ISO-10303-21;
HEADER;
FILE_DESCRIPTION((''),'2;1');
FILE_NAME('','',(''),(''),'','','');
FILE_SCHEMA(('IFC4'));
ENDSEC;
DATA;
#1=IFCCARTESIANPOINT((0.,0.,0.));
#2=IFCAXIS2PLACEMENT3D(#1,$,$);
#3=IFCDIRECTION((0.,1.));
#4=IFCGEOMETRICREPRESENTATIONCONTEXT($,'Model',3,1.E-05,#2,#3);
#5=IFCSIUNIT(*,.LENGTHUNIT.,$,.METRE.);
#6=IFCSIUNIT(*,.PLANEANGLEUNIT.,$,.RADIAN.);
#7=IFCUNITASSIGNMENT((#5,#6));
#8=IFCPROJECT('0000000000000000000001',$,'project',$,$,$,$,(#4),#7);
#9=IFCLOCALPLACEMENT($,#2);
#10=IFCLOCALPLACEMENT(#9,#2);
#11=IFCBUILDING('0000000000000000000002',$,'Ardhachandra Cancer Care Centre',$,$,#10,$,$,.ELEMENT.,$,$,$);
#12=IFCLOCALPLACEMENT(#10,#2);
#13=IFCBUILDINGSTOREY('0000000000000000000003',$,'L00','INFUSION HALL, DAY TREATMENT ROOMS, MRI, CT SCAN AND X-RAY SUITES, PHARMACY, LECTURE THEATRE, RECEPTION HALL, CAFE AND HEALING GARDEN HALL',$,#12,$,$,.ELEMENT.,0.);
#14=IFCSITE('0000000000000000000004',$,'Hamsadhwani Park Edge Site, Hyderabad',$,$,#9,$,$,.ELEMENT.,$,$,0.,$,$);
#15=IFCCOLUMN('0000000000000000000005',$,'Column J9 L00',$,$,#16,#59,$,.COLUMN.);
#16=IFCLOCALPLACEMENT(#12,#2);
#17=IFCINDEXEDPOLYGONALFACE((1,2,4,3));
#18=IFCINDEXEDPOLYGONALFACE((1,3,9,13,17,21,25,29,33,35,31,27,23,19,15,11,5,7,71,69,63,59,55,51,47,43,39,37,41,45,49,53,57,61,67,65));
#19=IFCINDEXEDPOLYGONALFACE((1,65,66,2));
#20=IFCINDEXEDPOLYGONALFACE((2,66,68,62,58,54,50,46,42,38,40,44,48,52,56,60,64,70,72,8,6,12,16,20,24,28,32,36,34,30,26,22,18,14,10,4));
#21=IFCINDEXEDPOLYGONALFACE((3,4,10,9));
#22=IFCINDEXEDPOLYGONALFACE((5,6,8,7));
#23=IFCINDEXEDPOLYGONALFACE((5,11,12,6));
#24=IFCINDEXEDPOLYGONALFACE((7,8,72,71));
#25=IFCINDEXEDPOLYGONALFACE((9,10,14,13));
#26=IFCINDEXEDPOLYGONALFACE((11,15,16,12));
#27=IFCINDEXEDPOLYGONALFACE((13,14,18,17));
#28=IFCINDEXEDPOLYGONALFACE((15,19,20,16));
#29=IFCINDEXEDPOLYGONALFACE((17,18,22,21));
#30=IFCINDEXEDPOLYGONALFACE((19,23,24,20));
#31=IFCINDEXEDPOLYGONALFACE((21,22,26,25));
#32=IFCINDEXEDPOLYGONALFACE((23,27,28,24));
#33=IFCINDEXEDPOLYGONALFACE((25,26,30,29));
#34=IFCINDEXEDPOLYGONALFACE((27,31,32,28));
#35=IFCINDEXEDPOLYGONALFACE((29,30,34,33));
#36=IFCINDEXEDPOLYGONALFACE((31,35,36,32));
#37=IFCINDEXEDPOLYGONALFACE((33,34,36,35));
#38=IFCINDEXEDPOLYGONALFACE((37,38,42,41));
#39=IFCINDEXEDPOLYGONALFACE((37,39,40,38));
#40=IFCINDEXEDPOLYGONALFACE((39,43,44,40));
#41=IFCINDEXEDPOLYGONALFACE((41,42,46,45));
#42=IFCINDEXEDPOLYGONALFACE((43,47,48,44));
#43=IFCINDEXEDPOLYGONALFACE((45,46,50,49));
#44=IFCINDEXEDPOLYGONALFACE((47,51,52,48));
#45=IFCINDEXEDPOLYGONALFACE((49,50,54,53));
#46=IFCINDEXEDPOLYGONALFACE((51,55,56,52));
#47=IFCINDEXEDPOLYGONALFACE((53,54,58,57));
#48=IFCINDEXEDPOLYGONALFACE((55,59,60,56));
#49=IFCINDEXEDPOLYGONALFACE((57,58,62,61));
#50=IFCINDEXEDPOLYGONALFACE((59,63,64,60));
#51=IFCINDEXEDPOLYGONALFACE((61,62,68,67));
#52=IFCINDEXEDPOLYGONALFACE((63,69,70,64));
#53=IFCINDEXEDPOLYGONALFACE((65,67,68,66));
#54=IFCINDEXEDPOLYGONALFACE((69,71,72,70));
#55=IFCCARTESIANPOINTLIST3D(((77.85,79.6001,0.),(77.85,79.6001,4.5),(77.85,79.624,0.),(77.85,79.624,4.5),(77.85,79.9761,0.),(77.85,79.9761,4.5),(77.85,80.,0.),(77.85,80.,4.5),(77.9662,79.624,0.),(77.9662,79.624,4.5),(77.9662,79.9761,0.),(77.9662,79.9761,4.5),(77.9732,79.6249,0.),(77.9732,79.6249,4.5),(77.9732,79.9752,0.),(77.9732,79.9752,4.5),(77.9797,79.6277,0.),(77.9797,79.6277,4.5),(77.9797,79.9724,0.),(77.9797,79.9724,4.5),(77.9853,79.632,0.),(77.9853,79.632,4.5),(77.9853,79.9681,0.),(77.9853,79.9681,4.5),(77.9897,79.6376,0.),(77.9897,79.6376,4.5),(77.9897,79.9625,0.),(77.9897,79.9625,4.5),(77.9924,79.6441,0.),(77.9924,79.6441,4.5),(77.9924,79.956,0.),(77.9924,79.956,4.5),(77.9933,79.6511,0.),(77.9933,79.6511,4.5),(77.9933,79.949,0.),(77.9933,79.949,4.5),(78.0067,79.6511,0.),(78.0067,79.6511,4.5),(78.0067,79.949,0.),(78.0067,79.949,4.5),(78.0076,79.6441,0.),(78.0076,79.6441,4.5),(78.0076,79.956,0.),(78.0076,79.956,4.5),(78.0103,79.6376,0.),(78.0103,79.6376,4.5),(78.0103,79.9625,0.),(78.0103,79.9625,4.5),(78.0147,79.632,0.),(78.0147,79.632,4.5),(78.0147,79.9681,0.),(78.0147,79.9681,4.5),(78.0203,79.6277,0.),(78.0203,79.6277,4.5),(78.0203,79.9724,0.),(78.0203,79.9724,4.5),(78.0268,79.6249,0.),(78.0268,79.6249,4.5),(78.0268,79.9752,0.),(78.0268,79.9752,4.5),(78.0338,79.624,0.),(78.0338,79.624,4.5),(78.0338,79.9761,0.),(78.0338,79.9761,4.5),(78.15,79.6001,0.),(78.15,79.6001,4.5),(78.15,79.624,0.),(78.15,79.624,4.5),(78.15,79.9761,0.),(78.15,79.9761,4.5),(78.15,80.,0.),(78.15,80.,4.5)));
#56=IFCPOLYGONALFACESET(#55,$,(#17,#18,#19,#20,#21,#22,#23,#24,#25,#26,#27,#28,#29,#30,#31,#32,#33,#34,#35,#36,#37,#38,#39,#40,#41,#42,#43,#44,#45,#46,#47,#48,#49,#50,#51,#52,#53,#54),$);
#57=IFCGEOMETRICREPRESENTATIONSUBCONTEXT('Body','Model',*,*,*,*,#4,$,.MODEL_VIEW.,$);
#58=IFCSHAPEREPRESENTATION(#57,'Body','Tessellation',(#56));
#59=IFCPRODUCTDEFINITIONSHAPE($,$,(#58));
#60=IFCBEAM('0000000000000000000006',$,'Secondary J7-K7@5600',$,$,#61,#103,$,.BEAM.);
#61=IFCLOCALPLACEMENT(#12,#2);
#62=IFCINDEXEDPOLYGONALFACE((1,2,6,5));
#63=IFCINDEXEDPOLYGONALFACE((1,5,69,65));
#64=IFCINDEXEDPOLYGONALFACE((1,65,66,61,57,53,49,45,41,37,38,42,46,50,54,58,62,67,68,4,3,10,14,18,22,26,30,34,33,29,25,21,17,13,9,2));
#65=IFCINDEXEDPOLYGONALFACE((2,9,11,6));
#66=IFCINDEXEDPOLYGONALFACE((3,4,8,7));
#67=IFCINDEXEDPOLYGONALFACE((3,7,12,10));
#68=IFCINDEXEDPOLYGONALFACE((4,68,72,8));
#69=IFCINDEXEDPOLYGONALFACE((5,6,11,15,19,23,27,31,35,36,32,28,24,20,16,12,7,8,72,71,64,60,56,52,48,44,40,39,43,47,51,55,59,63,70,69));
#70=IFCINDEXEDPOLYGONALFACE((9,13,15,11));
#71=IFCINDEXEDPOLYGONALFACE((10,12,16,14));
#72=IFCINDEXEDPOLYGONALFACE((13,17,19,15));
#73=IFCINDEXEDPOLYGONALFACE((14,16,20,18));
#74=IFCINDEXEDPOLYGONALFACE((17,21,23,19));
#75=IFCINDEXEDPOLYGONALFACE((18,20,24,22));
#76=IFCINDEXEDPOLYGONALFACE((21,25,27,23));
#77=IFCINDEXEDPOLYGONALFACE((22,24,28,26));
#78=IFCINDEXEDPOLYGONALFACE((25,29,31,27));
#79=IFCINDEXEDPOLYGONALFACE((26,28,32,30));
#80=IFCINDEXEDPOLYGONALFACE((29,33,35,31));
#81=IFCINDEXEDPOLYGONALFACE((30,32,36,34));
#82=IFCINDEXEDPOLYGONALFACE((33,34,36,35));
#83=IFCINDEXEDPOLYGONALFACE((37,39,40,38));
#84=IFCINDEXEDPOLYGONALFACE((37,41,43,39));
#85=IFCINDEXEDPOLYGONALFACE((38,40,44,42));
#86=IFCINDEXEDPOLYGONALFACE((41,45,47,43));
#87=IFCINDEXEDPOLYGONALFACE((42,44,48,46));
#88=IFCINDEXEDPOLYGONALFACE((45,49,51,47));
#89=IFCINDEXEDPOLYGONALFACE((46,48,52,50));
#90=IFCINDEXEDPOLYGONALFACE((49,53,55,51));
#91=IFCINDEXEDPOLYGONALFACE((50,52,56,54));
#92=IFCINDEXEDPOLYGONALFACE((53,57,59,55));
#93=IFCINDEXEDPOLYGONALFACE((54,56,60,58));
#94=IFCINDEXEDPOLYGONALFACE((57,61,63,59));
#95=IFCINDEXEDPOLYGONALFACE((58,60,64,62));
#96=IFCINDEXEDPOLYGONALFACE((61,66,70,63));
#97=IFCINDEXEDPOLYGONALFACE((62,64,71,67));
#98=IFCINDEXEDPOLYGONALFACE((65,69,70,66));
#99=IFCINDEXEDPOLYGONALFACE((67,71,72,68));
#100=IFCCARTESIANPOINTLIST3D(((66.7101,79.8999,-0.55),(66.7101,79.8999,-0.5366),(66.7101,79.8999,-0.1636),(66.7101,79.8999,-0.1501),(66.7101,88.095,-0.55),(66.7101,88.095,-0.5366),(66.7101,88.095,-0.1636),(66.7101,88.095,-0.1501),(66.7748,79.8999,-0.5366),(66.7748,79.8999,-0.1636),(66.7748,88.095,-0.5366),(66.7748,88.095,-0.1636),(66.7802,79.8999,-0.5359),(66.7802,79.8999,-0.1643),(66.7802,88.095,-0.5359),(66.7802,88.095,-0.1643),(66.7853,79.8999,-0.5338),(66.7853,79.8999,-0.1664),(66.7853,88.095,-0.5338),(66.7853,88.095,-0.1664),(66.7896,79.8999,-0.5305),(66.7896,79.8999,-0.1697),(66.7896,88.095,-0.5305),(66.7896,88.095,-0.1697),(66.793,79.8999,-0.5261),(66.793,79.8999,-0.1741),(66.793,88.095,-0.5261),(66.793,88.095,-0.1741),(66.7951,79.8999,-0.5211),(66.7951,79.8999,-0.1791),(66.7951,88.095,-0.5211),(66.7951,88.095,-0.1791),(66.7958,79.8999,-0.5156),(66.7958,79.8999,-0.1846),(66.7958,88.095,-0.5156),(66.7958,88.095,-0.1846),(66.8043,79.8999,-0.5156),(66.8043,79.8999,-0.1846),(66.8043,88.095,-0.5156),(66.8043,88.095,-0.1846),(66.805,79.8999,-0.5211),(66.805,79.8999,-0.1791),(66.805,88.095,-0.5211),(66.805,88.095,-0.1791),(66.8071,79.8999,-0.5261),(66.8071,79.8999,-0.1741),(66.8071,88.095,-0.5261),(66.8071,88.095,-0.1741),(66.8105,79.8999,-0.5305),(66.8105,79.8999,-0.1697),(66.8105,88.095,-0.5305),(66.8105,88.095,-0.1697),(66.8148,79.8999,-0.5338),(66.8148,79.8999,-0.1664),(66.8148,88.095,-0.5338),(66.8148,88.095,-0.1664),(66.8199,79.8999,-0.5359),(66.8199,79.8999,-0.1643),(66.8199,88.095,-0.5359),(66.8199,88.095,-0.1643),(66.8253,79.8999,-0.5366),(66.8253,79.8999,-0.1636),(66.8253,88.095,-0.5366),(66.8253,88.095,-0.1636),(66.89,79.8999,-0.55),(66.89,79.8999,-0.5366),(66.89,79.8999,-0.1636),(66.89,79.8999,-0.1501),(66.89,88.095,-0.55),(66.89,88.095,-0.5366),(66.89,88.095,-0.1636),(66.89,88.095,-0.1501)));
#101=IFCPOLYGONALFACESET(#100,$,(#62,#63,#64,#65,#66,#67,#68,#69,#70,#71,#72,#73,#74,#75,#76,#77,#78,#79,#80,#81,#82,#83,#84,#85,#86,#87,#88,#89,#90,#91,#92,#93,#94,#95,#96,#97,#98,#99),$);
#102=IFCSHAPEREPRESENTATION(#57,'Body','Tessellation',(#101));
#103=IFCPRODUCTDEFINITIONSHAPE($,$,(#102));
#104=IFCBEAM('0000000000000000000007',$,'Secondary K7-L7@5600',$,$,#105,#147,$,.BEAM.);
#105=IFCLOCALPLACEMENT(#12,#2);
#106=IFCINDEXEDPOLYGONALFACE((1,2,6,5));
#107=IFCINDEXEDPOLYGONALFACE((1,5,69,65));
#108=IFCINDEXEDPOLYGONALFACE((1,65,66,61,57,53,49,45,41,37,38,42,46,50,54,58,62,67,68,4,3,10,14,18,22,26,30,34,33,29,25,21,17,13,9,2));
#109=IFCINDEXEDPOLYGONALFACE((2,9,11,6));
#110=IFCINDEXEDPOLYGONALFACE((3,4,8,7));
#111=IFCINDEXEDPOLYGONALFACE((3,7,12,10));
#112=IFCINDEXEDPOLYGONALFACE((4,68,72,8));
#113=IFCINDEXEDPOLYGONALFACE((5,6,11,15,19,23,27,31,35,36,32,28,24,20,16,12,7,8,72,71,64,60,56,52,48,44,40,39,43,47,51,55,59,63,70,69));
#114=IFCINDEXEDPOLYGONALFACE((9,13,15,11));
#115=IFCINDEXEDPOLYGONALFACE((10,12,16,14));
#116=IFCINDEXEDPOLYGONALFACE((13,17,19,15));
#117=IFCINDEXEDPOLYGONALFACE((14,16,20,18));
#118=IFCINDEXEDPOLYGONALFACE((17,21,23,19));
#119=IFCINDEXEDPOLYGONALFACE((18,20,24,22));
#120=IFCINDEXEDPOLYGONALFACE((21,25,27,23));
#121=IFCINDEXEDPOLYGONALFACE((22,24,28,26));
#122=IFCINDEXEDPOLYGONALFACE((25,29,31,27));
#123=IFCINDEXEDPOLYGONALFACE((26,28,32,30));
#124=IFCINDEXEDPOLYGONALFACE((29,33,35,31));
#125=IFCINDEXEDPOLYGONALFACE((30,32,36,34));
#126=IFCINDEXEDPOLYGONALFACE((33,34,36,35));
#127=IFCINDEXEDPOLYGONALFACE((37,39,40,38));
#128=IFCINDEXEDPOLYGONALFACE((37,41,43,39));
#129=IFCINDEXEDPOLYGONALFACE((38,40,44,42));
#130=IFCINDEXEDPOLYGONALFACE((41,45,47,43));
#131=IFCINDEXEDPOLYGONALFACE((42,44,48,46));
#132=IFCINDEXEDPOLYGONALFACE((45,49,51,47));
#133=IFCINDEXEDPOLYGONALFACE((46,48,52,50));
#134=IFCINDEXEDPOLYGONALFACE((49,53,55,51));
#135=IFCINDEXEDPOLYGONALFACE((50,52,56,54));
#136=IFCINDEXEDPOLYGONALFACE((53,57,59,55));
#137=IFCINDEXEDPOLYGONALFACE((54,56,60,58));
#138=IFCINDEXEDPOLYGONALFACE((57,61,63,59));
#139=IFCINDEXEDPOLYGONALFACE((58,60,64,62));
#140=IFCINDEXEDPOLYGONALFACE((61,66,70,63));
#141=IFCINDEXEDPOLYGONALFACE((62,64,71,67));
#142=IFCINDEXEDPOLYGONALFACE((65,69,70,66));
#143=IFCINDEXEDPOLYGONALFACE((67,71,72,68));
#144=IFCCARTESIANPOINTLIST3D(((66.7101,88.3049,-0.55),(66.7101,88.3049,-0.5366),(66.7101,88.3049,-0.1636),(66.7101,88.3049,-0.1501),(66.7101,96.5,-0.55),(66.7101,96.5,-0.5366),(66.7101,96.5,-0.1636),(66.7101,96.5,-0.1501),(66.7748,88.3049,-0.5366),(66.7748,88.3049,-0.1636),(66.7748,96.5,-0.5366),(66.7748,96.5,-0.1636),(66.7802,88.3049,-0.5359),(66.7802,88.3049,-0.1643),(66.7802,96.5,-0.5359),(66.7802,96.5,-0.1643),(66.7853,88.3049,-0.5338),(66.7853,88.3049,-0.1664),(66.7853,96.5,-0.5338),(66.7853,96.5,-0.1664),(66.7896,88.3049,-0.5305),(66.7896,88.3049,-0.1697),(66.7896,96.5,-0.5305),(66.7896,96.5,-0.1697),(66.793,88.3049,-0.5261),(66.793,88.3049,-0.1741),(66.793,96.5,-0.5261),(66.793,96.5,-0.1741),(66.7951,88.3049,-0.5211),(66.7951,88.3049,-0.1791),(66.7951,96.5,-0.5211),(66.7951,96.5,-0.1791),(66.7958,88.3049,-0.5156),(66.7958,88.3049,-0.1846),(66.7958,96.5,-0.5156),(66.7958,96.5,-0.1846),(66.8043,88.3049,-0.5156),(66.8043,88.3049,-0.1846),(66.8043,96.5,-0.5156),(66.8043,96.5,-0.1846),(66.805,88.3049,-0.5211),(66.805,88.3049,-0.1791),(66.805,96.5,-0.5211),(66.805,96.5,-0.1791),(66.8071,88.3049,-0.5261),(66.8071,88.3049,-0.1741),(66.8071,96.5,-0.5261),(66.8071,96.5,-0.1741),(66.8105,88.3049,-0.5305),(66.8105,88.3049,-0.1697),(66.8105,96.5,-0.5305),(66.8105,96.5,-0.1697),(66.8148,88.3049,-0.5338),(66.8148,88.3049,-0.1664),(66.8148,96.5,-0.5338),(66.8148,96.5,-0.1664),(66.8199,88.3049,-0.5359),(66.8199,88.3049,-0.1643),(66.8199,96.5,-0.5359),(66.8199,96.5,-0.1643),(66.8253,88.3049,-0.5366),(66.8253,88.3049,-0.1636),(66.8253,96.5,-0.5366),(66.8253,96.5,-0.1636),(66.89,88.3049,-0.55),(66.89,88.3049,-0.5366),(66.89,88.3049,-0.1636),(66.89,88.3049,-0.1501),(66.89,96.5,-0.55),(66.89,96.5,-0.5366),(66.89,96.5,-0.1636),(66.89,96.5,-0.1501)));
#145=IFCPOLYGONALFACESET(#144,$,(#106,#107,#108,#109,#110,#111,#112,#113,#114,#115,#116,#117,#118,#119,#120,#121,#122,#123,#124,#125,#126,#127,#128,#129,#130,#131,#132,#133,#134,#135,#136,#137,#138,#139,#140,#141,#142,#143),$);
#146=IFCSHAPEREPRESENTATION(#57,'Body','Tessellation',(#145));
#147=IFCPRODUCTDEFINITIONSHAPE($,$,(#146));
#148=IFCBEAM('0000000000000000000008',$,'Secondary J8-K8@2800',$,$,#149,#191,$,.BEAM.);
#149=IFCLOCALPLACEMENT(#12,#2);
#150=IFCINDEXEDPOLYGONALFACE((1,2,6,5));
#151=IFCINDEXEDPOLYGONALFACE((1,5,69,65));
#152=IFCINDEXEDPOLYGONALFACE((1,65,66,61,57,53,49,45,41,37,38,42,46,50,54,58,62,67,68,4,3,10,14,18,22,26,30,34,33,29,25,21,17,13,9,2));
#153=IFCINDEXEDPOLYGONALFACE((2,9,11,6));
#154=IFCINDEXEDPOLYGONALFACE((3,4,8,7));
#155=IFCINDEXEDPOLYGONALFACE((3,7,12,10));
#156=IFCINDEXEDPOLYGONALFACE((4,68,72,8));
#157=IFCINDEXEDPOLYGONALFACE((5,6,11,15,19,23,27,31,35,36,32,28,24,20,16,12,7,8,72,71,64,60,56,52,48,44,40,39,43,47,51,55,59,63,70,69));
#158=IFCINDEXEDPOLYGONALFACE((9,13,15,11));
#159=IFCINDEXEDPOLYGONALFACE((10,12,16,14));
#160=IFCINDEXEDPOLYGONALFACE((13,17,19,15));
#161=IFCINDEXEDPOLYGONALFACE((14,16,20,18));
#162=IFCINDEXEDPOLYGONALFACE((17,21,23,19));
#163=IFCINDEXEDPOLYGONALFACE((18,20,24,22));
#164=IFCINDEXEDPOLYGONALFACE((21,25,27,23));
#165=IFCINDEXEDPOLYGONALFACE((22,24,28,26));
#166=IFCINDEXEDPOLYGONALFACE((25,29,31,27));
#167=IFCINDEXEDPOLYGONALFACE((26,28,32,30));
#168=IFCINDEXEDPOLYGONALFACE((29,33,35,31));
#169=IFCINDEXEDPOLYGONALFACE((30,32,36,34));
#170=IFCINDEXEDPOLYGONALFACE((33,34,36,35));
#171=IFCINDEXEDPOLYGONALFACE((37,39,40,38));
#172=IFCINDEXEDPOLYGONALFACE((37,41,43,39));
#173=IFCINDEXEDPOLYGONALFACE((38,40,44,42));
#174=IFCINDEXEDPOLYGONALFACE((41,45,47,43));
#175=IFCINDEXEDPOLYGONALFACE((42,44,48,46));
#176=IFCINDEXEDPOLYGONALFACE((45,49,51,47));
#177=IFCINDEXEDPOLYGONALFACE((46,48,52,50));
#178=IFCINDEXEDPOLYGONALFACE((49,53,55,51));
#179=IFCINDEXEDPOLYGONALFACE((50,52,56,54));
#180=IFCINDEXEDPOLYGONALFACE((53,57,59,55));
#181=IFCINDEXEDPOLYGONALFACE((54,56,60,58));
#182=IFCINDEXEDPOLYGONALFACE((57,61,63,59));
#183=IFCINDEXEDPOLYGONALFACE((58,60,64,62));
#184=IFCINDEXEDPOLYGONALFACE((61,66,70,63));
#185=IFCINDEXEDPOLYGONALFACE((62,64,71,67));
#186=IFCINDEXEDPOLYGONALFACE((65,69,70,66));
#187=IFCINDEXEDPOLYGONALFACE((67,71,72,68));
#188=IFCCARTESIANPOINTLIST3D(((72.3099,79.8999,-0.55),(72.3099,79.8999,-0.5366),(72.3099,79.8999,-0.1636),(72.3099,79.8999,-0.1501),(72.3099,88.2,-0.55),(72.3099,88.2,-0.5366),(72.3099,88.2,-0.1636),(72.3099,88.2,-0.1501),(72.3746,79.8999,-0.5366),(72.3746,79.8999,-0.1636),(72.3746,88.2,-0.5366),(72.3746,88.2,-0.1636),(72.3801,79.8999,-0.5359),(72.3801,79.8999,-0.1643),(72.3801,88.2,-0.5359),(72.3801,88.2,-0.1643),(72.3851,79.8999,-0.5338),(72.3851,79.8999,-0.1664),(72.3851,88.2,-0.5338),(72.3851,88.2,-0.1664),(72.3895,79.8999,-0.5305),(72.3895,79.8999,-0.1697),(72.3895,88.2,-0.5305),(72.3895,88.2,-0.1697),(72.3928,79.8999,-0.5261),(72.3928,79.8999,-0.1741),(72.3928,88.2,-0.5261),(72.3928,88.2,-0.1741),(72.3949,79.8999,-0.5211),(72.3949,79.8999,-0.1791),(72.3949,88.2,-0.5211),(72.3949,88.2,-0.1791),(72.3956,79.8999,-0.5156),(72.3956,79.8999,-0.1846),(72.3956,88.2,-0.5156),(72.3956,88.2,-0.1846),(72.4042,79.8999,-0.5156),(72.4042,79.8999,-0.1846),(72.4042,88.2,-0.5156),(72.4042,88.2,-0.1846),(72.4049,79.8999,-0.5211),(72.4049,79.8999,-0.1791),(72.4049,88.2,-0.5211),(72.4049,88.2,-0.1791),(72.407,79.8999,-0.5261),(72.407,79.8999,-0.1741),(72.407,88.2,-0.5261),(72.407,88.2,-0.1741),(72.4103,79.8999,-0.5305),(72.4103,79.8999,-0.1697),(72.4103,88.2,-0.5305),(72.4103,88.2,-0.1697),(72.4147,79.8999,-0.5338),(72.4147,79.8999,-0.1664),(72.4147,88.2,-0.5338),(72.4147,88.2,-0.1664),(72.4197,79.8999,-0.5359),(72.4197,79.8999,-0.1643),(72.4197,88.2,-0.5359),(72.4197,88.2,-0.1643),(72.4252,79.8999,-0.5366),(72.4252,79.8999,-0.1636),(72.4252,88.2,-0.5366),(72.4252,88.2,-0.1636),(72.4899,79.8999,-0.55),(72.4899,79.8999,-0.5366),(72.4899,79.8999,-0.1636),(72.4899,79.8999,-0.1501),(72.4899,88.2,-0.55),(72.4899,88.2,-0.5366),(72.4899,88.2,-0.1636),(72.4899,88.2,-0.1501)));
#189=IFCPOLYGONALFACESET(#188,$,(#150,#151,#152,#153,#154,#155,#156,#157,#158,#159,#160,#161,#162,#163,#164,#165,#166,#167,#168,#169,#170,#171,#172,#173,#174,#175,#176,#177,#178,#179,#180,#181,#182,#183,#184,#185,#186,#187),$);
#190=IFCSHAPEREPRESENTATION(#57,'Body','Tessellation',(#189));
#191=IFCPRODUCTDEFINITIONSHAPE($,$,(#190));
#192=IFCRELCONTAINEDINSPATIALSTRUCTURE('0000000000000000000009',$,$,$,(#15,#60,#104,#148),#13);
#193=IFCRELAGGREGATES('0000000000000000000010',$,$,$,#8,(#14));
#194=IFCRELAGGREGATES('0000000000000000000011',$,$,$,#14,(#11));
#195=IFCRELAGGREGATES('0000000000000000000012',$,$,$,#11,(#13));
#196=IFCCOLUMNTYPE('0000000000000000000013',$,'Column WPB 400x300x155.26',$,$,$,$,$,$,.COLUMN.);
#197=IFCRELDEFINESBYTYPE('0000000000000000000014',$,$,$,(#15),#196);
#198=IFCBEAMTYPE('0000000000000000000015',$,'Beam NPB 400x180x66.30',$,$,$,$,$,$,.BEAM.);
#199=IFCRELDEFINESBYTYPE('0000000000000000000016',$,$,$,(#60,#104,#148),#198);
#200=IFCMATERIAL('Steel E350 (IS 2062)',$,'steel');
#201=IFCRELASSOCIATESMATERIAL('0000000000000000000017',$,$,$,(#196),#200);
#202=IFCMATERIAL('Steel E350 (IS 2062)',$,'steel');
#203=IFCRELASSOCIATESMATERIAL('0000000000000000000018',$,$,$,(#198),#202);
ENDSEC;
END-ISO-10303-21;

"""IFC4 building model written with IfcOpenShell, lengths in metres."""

from ifc_helpers import new_model, si_unit, direction, frame, origin, origin_2d, place, context, subcontext, project, spatial, i_section, extrude, material, material_profile, profile_set, type_object, element, save


model = new_model("IFC4")

# Units and contexts
model_context = context("Model", 3, precision=1e-05, world=origin(), true_north=direction((0.0, 1.0)))
body_context = subcontext(model_context, "Body", "Model", "MODEL_VIEW")
ifc_project = project(units=[si_unit("LENGTHUNIT", "METRE"), si_unit("PLANEANGLEUNIT", "RADIAN")], contexts=[model_context])

# Site, building, storey
site_placement = place(None, origin())
site = spatial("IfcSite", under=ifc_project, at=site_placement, Name="Hamsadhwani Park Edge Site, Hyderabad", CompositionType="ELEMENT", RefElevation=0.0)
building_placement = place(site_placement, origin())
building = spatial("IfcBuilding", under=site, at=building_placement, Name="Ardhachandra Cancer Care Centre", CompositionType="ELEMENT")
storey_placement = place(building_placement, origin())
storey = spatial("IfcBuildingStorey", under=building, at=storey_placement, Name="L00", Description="INFUSION HALL, DAY TREATMENT ROOMS, MRI, CT SCAN AND X-RAY SUITES, PHARMACY, LECTURE THEATRE, RECEPTION HALL, CAFE AND HEALING GARDEN HALL", CompositionType="ELEMENT", Elevation=0.0)

# Column
ifc_material_1 = material(Name="Steel E350 (IS 2062)", Category="steel")
ifc_material_profile_1 = material_profile(ifc_material_1, i_section(OverallWidth=0.3, OverallDepth=0.3999, WebThickness=0.0134, FlangeThickness=0.0239, FilletRadius=0.0271, at=origin_2d()), Name="WPB 400x300x155.26")
ifc_profile_set_1 = profile_set([ifc_material_profile_1], Name="Steel E350 (IS 2062)")
column_type = type_object("IfcColumnType", Name="Column WPB 400x300x155.26", PredefinedType="COLUMN", material=ifc_profile_set_1)
column_placement = place(storey_placement, frame((78.0, 79.8, 0.0), z_axis=(0.0, 0.0, 1.0), x_axis=(1.0, 0.0, 0.0)))
element("IfcColumn", 1, at=column_placement, inside=storey, type_object=column_type, Name="Column J9 L00", PredefinedType="COLUMN", context=body_context, shape_type="SweptSolid", body=[
    extrude(i_section(OverallWidth=0.3, OverallDepth=0.3999, WebThickness=0.0134, FlangeThickness=0.0239, FilletRadius=0.0271, at=origin_2d()), origin(), (0.0, 0.0, 1.0), 4.5),
])

# Beams
ifc_material_2 = material(Name="Steel E350 (IS 2062)", Category="steel")
ifc_material_profile_2 = material_profile(ifc_material_2, i_section(OverallWidth=0.1799, OverallDepth=0.3999, WebThickness=0.0085, FlangeThickness=0.0134, FilletRadius=0.021, at=origin_2d()), Name="NPB 400x180x66.30")
ifc_profile_set_2 = profile_set([ifc_material_profile_2], Name="Steel E350 (IS 2062)")
beam_type_1 = type_object("IfcBeamType", Name="Beam NPB 400x180x66.30", PredefinedType="BEAM", material=ifc_profile_set_2)
for number, where, z_axis, x_axis, name in (
    (2, (66.8, 79.8999, -0.3501), (0.0, 1.0, 0.0), (-1.0, 0.0, 0.0), "Secondary J7-K7@5600"),
    (3, (66.8, 88.3049, -0.3501), (0.0, 1.0, 0.0), (-1.0, 0.0, 0.0), "Secondary K7-L7@5600"),
):
    element("IfcBeam", number, at=place(storey_placement, frame(where, z_axis=z_axis, x_axis=x_axis)), inside=storey, type_object=beam_type_1, Name=name, PredefinedType="BEAM", context=body_context, shape_type="SweptSolid", body=[
        extrude(i_section(OverallWidth=0.1799, OverallDepth=0.3999, WebThickness=0.0085, FlangeThickness=0.0134, FilletRadius=0.021, at=origin_2d()), origin(), (0.0, 0.0, 1.0), 8.1951),
    ])
for number, where, z_axis, x_axis, name in (
    (4, (72.3999, 79.8999, -0.3501), (0.0, 1.0, 0.0), (-1.0, 0.0, 0.0), "Secondary J8-K8@2800"),
):
    element("IfcBeam", number, at=place(storey_placement, frame(where, z_axis=z_axis, x_axis=x_axis)), inside=storey, type_object=beam_type_1, Name=name, PredefinedType="BEAM", context=body_context, shape_type="SweptSolid", body=[
        extrude(i_section(OverallWidth=0.1799, OverallDepth=0.3999, WebThickness=0.0085, FlangeThickness=0.0134, FilletRadius=0.021, at=origin_2d()), origin(), (0.0, 0.0, 1.0), 8.3),
    ])

save(model, "model.ifc")
